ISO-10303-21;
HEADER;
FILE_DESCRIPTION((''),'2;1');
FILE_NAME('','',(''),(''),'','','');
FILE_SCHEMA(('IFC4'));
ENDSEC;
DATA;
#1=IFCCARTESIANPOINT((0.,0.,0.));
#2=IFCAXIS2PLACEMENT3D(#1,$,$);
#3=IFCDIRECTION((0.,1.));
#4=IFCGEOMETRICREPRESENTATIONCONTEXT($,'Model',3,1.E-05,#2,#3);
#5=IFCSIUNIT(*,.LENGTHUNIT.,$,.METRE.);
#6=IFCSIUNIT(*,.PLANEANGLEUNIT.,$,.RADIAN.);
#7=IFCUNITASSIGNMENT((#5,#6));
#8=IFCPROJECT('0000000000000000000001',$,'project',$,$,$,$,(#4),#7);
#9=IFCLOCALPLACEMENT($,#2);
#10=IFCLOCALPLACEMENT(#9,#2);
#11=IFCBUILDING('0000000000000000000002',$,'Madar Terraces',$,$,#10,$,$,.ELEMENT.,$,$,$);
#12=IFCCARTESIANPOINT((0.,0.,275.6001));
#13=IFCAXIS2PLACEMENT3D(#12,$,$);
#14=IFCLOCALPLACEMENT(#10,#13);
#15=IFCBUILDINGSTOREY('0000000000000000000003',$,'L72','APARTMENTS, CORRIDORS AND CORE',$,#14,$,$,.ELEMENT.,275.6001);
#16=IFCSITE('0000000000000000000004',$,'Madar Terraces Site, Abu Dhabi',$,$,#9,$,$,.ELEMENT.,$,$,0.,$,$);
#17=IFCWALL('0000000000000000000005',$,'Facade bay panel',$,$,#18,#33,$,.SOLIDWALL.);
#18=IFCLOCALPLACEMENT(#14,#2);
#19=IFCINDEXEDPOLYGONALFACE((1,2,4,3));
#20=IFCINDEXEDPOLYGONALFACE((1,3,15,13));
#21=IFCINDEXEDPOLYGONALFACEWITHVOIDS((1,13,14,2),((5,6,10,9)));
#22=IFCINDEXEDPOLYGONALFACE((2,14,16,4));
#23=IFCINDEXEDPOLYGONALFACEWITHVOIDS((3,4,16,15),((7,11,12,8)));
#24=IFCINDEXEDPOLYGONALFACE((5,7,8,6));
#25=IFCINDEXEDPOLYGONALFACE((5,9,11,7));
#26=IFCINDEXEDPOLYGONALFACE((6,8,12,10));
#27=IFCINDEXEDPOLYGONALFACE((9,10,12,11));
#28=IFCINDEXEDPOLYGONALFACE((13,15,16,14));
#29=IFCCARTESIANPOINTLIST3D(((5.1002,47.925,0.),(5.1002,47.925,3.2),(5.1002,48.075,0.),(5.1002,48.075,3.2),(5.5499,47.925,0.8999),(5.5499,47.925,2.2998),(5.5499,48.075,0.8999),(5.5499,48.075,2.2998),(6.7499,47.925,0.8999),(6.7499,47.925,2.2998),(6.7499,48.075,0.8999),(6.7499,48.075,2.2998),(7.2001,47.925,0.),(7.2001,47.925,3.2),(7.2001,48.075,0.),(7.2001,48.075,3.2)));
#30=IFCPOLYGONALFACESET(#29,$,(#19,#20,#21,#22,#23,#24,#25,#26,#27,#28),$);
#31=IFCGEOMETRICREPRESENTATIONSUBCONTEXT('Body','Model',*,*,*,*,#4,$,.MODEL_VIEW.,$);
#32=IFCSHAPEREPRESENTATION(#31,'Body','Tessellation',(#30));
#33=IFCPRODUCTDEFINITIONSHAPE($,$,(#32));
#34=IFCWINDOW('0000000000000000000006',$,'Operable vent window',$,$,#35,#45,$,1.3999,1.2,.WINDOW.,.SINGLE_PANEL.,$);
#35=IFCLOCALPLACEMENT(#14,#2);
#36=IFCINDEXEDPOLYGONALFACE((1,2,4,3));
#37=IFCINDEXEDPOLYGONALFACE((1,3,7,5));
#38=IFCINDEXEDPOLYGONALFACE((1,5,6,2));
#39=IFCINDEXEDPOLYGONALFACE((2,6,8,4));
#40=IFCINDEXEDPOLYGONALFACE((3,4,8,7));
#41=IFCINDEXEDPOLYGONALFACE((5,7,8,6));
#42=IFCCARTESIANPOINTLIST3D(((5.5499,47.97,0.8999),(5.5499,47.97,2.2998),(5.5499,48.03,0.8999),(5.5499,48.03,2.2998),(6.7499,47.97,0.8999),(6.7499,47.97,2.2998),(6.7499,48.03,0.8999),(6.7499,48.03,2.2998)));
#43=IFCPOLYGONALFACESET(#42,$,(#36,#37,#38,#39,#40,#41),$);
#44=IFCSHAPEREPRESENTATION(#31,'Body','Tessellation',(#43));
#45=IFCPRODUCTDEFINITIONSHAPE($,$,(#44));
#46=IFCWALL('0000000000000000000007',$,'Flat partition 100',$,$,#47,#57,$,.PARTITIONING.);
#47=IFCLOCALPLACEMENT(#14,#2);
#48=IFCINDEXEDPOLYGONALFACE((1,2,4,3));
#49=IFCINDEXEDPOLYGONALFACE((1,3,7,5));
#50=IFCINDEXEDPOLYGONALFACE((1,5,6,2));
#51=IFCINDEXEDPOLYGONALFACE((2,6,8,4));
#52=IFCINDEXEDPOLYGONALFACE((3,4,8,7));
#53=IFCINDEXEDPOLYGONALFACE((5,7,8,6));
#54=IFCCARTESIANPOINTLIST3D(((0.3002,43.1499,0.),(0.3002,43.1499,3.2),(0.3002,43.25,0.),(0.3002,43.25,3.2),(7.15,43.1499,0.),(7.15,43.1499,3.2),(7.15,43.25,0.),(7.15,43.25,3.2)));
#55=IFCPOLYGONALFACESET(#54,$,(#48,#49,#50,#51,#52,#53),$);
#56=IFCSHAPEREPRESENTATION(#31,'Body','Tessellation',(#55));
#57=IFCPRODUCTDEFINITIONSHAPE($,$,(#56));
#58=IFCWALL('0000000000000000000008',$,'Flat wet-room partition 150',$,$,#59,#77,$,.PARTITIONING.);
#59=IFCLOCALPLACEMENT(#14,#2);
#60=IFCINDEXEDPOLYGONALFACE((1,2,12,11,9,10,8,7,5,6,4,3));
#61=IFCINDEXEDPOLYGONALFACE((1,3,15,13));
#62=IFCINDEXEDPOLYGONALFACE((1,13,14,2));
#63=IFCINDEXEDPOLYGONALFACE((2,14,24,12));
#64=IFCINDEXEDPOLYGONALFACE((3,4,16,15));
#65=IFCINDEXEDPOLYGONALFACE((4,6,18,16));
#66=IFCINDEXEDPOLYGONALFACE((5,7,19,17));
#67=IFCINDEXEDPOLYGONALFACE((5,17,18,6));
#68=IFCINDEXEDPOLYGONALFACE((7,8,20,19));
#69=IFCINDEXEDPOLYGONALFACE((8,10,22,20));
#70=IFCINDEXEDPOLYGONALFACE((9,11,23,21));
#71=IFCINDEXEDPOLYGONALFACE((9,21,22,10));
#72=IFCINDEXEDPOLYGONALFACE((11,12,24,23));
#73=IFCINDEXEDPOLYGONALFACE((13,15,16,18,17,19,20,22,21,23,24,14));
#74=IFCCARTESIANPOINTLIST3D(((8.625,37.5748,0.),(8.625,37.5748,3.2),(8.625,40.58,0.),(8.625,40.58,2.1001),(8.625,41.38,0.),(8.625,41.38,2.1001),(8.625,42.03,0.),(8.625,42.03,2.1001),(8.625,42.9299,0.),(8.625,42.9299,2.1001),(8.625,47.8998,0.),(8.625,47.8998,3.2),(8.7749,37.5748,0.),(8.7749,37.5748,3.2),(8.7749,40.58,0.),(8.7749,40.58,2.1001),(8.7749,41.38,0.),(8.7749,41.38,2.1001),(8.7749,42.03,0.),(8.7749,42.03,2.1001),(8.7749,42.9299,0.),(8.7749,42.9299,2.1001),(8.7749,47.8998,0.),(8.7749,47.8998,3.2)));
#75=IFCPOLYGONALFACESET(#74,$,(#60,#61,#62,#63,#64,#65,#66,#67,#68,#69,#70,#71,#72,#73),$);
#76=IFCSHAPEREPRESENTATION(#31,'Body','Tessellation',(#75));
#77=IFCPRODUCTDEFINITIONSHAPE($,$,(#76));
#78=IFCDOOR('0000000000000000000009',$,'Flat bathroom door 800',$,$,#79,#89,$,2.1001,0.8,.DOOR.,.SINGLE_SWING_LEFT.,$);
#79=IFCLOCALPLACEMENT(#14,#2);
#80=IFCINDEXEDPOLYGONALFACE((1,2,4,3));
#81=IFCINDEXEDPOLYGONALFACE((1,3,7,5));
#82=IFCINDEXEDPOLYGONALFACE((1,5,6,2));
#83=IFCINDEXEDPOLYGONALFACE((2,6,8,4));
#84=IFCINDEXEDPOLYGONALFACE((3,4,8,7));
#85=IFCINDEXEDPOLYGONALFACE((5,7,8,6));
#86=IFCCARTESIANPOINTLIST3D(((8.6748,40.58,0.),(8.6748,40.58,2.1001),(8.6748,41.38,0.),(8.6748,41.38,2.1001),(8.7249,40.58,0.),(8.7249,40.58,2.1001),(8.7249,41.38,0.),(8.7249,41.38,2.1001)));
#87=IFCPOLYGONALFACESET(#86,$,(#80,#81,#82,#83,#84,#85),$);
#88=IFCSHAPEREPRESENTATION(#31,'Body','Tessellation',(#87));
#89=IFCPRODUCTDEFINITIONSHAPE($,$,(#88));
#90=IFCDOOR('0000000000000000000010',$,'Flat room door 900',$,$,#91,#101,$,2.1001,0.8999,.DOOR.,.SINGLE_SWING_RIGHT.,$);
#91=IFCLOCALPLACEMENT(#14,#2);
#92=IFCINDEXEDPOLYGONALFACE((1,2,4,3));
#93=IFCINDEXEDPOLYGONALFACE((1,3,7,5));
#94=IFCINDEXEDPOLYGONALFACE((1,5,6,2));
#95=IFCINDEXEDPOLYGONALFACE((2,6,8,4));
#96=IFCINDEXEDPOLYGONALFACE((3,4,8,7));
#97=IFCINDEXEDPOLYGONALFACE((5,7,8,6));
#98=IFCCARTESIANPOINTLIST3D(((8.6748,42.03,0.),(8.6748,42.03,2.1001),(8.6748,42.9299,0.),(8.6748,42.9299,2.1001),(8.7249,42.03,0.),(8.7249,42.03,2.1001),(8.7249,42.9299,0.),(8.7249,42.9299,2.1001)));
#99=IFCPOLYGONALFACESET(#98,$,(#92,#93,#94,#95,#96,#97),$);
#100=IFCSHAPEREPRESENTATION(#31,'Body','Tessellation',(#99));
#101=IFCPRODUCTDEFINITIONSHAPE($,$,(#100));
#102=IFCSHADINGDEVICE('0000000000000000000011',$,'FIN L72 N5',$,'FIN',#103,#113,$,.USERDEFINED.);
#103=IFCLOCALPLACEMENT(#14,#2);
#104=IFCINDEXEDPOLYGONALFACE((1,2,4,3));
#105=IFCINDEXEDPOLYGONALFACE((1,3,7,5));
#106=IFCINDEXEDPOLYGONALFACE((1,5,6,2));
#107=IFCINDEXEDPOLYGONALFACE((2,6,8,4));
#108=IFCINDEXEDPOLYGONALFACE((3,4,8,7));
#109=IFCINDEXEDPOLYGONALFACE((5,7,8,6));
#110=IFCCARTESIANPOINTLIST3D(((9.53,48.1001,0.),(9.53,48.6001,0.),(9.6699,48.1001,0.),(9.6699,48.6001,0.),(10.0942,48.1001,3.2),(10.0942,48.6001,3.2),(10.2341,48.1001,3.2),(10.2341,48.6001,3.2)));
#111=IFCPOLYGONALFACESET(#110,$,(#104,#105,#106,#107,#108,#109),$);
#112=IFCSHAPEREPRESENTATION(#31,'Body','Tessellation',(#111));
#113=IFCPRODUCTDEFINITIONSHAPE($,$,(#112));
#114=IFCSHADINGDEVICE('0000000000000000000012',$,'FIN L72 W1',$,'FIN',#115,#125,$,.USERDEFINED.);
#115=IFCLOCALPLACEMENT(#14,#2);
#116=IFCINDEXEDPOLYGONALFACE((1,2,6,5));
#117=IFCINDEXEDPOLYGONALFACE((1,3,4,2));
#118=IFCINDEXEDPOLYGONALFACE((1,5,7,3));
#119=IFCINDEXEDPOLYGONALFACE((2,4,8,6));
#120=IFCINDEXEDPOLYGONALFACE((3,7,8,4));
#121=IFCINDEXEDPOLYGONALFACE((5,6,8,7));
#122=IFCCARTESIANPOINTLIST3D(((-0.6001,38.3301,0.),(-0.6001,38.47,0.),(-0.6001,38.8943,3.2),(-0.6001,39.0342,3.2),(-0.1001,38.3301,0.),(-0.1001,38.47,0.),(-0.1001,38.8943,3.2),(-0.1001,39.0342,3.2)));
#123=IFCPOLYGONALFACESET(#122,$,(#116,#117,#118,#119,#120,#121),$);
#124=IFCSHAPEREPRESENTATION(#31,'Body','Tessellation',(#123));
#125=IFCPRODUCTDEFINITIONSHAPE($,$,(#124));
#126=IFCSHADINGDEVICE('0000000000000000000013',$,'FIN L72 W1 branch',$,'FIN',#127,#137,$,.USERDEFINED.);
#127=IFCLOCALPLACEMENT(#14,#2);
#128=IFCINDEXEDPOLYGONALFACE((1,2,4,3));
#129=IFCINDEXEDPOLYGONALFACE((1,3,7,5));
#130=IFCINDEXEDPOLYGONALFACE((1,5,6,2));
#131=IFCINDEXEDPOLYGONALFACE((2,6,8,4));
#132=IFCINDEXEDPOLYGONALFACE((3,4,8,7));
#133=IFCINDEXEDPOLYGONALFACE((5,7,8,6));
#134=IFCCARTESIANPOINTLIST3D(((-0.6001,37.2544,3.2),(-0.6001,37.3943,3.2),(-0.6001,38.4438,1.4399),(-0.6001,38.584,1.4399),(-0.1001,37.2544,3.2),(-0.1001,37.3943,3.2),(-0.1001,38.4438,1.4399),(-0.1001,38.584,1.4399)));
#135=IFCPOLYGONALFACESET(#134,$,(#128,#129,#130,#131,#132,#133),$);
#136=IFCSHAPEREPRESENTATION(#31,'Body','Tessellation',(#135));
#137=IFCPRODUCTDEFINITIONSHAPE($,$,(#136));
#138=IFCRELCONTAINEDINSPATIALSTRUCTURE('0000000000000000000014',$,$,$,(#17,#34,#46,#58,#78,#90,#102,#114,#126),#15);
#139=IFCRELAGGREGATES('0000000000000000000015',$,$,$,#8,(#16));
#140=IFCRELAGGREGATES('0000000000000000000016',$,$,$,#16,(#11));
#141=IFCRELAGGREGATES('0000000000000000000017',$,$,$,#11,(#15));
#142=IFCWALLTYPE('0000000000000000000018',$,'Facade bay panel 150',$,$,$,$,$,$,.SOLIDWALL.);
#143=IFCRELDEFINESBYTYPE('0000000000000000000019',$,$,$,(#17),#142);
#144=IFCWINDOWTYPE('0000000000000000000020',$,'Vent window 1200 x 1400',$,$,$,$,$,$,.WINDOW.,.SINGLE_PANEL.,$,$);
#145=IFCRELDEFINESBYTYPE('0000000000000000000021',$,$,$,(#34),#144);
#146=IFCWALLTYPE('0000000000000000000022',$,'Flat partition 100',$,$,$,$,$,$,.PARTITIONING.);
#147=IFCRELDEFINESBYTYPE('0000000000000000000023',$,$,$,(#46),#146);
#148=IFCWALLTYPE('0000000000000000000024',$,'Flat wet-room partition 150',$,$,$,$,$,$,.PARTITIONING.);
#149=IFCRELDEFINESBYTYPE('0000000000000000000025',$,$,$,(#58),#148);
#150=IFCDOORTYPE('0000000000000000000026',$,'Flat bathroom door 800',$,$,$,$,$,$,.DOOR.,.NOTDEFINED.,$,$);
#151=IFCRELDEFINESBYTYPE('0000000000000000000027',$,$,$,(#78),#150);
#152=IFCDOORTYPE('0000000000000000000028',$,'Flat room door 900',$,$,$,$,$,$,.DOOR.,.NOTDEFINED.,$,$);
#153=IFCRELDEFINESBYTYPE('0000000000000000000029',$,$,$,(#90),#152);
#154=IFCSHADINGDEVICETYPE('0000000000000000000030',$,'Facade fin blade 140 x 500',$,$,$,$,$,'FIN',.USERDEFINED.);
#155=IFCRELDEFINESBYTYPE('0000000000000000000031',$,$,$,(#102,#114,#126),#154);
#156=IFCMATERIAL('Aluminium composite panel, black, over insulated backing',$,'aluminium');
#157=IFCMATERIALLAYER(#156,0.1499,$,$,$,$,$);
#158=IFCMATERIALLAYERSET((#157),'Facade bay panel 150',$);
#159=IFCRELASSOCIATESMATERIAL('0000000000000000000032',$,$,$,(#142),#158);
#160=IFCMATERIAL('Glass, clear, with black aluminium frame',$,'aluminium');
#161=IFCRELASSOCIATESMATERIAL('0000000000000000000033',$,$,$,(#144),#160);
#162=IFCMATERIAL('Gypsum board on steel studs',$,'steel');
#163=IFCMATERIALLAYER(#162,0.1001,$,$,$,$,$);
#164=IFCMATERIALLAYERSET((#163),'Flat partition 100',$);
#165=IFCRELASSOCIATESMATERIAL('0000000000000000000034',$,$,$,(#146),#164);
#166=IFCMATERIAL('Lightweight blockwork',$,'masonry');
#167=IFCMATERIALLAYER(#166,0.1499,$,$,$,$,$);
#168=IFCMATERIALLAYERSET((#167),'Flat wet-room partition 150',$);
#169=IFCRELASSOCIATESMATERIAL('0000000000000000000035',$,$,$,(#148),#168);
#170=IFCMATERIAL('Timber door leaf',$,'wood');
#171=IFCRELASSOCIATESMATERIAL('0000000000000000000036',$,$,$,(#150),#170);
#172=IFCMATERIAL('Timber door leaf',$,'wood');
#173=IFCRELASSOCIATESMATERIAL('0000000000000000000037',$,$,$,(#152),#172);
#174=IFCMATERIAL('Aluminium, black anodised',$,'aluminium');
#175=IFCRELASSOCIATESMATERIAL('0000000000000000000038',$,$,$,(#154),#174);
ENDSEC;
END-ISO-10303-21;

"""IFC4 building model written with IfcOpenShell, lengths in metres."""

from ifc_helpers import new_model, si_unit, direction, frame, frame_2d, origin, place, context, subcontext, project, spatial, polyline, rectangle, outline, extrude, material, layer, layer_set, type_object, element, fill, save


model = new_model("IFC4")

# Units and contexts
model_context = context("Model", 3, precision=1e-05, world=origin(), true_north=direction((0.0, 1.0)))
body_context = subcontext(model_context, "Body", "Model", "MODEL_VIEW")
ifc_project = project(units=[si_unit("LENGTHUNIT", "METRE"), si_unit("PLANEANGLEUNIT", "RADIAN")], contexts=[model_context])

# Site, building, storey
site_placement = place(None, origin())
site = spatial("IfcSite", under=ifc_project, at=site_placement, Name="Madar Terraces Site, Abu Dhabi", CompositionType="ELEMENT", RefElevation=0.0)
building_placement = place(site_placement, origin())
building = spatial("IfcBuilding", under=site, at=building_placement, Name="Madar Terraces", CompositionType="ELEMENT")
storey_placement = place(building_placement, frame((0.0, 0.0, 275.6001)))
storey = spatial("IfcBuildingStorey", under=building, at=storey_placement, Name="L72", Description="APARTMENTS, CORRIDORS AND CORE", CompositionType="ELEMENT", Elevation=275.6001)

# Wall, opening, window
ifc_material_1 = material(Name="Aluminium composite panel, black, over insulated backing", Category="aluminium")
ifc_layer_1 = layer(ifc_material_1, 0.1499)
ifc_layer_set_1 = layer_set([ifc_layer_1], Name="Facade bay panel 150")
wall_type_1 = type_object("IfcWallType", Name="Facade bay panel 150", PredefinedType="SOLIDWALL", material=ifc_layer_set_1)
wall_1_placement = place(storey_placement, frame((7.2, 48.0, 0.0), z_axis=(0.0, 0.0, 1.0), x_axis=(-1.0, 0.0, 0.0)))
wall_1 = element("IfcWall", 1, at=wall_1_placement, inside=storey, type_object=wall_type_1, Name="Facade bay panel", PredefinedType="SOLIDWALL", context=body_context, shape_type="SweptSolid", body=[
    extrude(rectangle(XDim=2.0999, YDim=0.1499, at=frame_2d((1.0498, 0.0))), origin(), (0.0, 0.0, 1.0), 3.2),
])
opening_1_placement = place(wall_1_placement, frame((0.45, 0.0, 0.8999)))
opening_1 = element("IfcOpeningElement", 2, at=opening_1_placement, cuts=wall_1, PredefinedType="OPENING", context=body_context, shape_type="SweptSolid", body=[
    extrude(rectangle(XDim=1.2, YDim=1.3999, at=frame_2d((0.6001, 0.7))), frame((0.0, 0.085, 0.0), z_axis=(0.0, -1.0, 0.0), x_axis=(1.0, 0.0, 0.0)), (0.0, 0.0, 1.0), 0.1699),
])
ifc_material_2 = material(Name="Glass, clear, with black aluminium frame", Category="aluminium")
window_type = type_object("IfcWindowType", Name="Vent window 1200 x 1400", PartitioningType="SINGLE_PANEL", PredefinedType="WINDOW", material=ifc_material_2)
window_placement = place(opening_1_placement, origin())
window = element("IfcWindow", 3, at=window_placement, inside=storey, type_object=window_type, Name="Operable vent window", OverallHeight=1.3999, OverallWidth=1.2, PartitioningType="SINGLE_PANEL", PredefinedType="WINDOW", context=body_context, shape_type="SweptSolid", body=[
    extrude(rectangle(XDim=1.2, YDim=1.3999, at=frame_2d((0.6001, 0.7))), frame((0.0, 0.03, 0.0), z_axis=(0.0, -1.0, 0.0), x_axis=(1.0, 0.0, 0.0)), (0.0, 0.0, 1.0), 0.0601),
])
fill(opening_1, window)

# Wall
ifc_material_3 = material(Name="Gypsum board on steel studs", Category="steel")
ifc_layer_2 = layer(ifc_material_3, 0.1001)
ifc_layer_set_2 = layer_set([ifc_layer_2], Name="Flat partition 100")
wall_type_2 = type_object("IfcWallType", Name="Flat partition 100", PredefinedType="PARTITIONING", material=ifc_layer_set_2)
wall_2_placement = place(storey_placement, frame((7.1499, 43.2, 0.0), z_axis=(0.0, 0.0, 1.0), x_axis=(-1.0, 0.0, 0.0)))
element("IfcWall", 4, at=wall_2_placement, inside=storey, type_object=wall_type_2, Name="Flat partition 100", PredefinedType="PARTITIONING", context=body_context, shape_type="SweptSolid", body=[
    extrude(rectangle(XDim=6.8499, YDim=0.1001, at=frame_2d((3.4248, 0.0))), origin(), (0.0, 0.0, 1.0), 3.2),
])

# Wall, openings, doors
ifc_material_4 = material(Name="Lightweight blockwork", Category="masonry")
ifc_layer_3 = layer(ifc_material_4, 0.1499)
ifc_layer_set_3 = layer_set([ifc_layer_3], Name="Flat wet-room partition 150")
wall_type_3 = type_object("IfcWallType", Name="Flat wet-room partition 150", PredefinedType="PARTITIONING", material=ifc_layer_set_3)
wall_3_placement = place(storey_placement, frame((8.7, 47.8999, 0.0), z_axis=(0.0, 0.0, 1.0), x_axis=(0.0, -1.0, 0.0)))
wall_3 = element("IfcWall", 5, at=wall_3_placement, inside=storey, type_object=wall_type_3, Name="Flat wet-room partition 150", PredefinedType="PARTITIONING", context=body_context, shape_type="SweptSolid", body=[
    extrude(rectangle(XDim=10.325, YDim=0.1499, at=frame_2d((5.1626, 0.0))), origin(), (0.0, 0.0, 1.0), 3.2),
])
opening_2_placement = place(wall_3_placement, frame((6.52, 0.0, 0.0)))
opening_2 = element("IfcOpeningElement", 6, at=opening_2_placement, cuts=wall_3, PredefinedType="OPENING", context=body_context, shape_type="SweptSolid", body=[
    extrude(rectangle(XDim=0.8, YDim=2.1001, at=frame_2d((0.3999, 1.05))), frame((0.0, 0.085, 0.0), z_axis=(0.0, -1.0, 0.0), x_axis=(1.0, 0.0, 0.0)), (0.0, 0.0, 1.0), 0.1699),
])
opening_3_placement = place(wall_3_placement, frame((4.97, 0.0, 0.0)))
opening_3 = element("IfcOpeningElement", 7, at=opening_3_placement, cuts=wall_3, PredefinedType="OPENING", context=body_context, shape_type="SweptSolid", body=[
    extrude(rectangle(XDim=0.8999, YDim=2.1001, at=frame_2d((0.45, 1.05))), frame((0.0, 0.085, 0.0), z_axis=(0.0, -1.0, 0.0), x_axis=(1.0, 0.0, 0.0)), (0.0, 0.0, 1.0), 0.1699),
])
ifc_material_5 = material(Name="Timber door leaf", Category="wood")
door_type_1 = type_object("IfcDoorType", Name="Flat bathroom door 800", OperationType="NOTDEFINED", PredefinedType="DOOR", material=ifc_material_5)
door_1_placement = place(opening_2_placement, origin())
door_1 = element("IfcDoor", 8, at=door_1_placement, inside=storey, type_object=door_type_1, Name="Flat bathroom door 800", OperationType="SINGLE_SWING_LEFT", OverallHeight=2.1001, OverallWidth=0.8, PredefinedType="DOOR", context=body_context, shape_type="SweptSolid", body=[
    extrude(rectangle(XDim=0.8, YDim=2.1001, at=frame_2d((0.3999, 1.05))), frame((0.0, 0.0249, 0.0), z_axis=(0.0, -1.0, 0.0), x_axis=(1.0, 0.0, 0.0)), (0.0, 0.0, 1.0), 0.05),
])
fill(opening_2, door_1)
ifc_material_6 = material(Name="Timber door leaf", Category="wood")
door_type_2 = type_object("IfcDoorType", Name="Flat room door 900", OperationType="NOTDEFINED", PredefinedType="DOOR", material=ifc_material_6)
door_2_placement = place(opening_3_placement, origin())
door_2 = element("IfcDoor", 9, at=door_2_placement, inside=storey, type_object=door_type_2, Name="Flat room door 900", OperationType="SINGLE_SWING_RIGHT", OverallHeight=2.1001, OverallWidth=0.8999, PredefinedType="DOOR", context=body_context, shape_type="SweptSolid", body=[
    extrude(rectangle(XDim=0.8999, YDim=2.1001, at=frame_2d((0.45, 1.05))), frame((0.0, 0.0249, 0.0), z_axis=(0.0, -1.0, 0.0), x_axis=(1.0, 0.0, 0.0)), (0.0, 0.0, 1.0), 0.05),
])
fill(opening_3, door_2)

# Shading devices
ifc_material_7 = material(Name="Aluminium, black anodised", Category="aluminium")
shading_device_type = type_object("IfcShadingDeviceType", Name="Facade fin blade 140 x 500", ElementType="FIN", PredefinedType="USERDEFINED", material=ifc_material_7)
for number, where, z_axis, x_axis, name in (
    (10, (9.6699, 48.3501, 0.0), (0.0, 0.0, 1.0), (-1.0, 0.0, 0.0), "FIN L72 N5"),
    (11, (-0.3501, 38.47, 0.0), (0.0, 0.0, 1.0), (0.0, -1.0, 0.0), "FIN L72 W1"),
):
    element("IfcShadingDevice", number, at=place(storey_placement, frame(where, z_axis=z_axis, x_axis=x_axis)), inside=storey, type_object=shading_device_type, Name=name, ObjectType="FIN", PredefinedType="USERDEFINED", context=body_context, shape_type="SweptSolid", body=[
        extrude(outline(polyline([(0.0, 0.0), (0.1399, 0.0), (-0.4243, 3.2), (-0.5642, 3.2), (0.0, 0.0)])), frame((0.0, 0.25, 0.0), z_axis=(0.0, -1.0, 0.0), x_axis=(1.0, 0.0, 0.0)), (0.0, 0.0, 1.0), 0.5),
    ])
shading_device_placement = place(storey_placement, frame((-0.3501, 38.584, 1.4399), z_axis=(0.0, 0.0, 1.0), x_axis=(0.0, -1.0, 0.0)))
element("IfcShadingDevice", 12, at=shading_device_placement, inside=storey, type_object=shading_device_type, Name="FIN L72 W1 branch", ObjectType="FIN", PredefinedType="USERDEFINED", context=body_context, shape_type="SweptSolid", body=[
    extrude(outline(polyline([(0.0, 0.0), (0.1401, 0.0), (1.3296, 1.76), (1.1897, 1.76), (0.0, 0.0)])), frame((0.0, 0.25, 0.0), z_axis=(0.0, -1.0, 0.0), x_axis=(1.0, 0.0, 0.0)), (0.0, 0.0, 1.0), 0.5),
])

save(model, "model.ifc")
